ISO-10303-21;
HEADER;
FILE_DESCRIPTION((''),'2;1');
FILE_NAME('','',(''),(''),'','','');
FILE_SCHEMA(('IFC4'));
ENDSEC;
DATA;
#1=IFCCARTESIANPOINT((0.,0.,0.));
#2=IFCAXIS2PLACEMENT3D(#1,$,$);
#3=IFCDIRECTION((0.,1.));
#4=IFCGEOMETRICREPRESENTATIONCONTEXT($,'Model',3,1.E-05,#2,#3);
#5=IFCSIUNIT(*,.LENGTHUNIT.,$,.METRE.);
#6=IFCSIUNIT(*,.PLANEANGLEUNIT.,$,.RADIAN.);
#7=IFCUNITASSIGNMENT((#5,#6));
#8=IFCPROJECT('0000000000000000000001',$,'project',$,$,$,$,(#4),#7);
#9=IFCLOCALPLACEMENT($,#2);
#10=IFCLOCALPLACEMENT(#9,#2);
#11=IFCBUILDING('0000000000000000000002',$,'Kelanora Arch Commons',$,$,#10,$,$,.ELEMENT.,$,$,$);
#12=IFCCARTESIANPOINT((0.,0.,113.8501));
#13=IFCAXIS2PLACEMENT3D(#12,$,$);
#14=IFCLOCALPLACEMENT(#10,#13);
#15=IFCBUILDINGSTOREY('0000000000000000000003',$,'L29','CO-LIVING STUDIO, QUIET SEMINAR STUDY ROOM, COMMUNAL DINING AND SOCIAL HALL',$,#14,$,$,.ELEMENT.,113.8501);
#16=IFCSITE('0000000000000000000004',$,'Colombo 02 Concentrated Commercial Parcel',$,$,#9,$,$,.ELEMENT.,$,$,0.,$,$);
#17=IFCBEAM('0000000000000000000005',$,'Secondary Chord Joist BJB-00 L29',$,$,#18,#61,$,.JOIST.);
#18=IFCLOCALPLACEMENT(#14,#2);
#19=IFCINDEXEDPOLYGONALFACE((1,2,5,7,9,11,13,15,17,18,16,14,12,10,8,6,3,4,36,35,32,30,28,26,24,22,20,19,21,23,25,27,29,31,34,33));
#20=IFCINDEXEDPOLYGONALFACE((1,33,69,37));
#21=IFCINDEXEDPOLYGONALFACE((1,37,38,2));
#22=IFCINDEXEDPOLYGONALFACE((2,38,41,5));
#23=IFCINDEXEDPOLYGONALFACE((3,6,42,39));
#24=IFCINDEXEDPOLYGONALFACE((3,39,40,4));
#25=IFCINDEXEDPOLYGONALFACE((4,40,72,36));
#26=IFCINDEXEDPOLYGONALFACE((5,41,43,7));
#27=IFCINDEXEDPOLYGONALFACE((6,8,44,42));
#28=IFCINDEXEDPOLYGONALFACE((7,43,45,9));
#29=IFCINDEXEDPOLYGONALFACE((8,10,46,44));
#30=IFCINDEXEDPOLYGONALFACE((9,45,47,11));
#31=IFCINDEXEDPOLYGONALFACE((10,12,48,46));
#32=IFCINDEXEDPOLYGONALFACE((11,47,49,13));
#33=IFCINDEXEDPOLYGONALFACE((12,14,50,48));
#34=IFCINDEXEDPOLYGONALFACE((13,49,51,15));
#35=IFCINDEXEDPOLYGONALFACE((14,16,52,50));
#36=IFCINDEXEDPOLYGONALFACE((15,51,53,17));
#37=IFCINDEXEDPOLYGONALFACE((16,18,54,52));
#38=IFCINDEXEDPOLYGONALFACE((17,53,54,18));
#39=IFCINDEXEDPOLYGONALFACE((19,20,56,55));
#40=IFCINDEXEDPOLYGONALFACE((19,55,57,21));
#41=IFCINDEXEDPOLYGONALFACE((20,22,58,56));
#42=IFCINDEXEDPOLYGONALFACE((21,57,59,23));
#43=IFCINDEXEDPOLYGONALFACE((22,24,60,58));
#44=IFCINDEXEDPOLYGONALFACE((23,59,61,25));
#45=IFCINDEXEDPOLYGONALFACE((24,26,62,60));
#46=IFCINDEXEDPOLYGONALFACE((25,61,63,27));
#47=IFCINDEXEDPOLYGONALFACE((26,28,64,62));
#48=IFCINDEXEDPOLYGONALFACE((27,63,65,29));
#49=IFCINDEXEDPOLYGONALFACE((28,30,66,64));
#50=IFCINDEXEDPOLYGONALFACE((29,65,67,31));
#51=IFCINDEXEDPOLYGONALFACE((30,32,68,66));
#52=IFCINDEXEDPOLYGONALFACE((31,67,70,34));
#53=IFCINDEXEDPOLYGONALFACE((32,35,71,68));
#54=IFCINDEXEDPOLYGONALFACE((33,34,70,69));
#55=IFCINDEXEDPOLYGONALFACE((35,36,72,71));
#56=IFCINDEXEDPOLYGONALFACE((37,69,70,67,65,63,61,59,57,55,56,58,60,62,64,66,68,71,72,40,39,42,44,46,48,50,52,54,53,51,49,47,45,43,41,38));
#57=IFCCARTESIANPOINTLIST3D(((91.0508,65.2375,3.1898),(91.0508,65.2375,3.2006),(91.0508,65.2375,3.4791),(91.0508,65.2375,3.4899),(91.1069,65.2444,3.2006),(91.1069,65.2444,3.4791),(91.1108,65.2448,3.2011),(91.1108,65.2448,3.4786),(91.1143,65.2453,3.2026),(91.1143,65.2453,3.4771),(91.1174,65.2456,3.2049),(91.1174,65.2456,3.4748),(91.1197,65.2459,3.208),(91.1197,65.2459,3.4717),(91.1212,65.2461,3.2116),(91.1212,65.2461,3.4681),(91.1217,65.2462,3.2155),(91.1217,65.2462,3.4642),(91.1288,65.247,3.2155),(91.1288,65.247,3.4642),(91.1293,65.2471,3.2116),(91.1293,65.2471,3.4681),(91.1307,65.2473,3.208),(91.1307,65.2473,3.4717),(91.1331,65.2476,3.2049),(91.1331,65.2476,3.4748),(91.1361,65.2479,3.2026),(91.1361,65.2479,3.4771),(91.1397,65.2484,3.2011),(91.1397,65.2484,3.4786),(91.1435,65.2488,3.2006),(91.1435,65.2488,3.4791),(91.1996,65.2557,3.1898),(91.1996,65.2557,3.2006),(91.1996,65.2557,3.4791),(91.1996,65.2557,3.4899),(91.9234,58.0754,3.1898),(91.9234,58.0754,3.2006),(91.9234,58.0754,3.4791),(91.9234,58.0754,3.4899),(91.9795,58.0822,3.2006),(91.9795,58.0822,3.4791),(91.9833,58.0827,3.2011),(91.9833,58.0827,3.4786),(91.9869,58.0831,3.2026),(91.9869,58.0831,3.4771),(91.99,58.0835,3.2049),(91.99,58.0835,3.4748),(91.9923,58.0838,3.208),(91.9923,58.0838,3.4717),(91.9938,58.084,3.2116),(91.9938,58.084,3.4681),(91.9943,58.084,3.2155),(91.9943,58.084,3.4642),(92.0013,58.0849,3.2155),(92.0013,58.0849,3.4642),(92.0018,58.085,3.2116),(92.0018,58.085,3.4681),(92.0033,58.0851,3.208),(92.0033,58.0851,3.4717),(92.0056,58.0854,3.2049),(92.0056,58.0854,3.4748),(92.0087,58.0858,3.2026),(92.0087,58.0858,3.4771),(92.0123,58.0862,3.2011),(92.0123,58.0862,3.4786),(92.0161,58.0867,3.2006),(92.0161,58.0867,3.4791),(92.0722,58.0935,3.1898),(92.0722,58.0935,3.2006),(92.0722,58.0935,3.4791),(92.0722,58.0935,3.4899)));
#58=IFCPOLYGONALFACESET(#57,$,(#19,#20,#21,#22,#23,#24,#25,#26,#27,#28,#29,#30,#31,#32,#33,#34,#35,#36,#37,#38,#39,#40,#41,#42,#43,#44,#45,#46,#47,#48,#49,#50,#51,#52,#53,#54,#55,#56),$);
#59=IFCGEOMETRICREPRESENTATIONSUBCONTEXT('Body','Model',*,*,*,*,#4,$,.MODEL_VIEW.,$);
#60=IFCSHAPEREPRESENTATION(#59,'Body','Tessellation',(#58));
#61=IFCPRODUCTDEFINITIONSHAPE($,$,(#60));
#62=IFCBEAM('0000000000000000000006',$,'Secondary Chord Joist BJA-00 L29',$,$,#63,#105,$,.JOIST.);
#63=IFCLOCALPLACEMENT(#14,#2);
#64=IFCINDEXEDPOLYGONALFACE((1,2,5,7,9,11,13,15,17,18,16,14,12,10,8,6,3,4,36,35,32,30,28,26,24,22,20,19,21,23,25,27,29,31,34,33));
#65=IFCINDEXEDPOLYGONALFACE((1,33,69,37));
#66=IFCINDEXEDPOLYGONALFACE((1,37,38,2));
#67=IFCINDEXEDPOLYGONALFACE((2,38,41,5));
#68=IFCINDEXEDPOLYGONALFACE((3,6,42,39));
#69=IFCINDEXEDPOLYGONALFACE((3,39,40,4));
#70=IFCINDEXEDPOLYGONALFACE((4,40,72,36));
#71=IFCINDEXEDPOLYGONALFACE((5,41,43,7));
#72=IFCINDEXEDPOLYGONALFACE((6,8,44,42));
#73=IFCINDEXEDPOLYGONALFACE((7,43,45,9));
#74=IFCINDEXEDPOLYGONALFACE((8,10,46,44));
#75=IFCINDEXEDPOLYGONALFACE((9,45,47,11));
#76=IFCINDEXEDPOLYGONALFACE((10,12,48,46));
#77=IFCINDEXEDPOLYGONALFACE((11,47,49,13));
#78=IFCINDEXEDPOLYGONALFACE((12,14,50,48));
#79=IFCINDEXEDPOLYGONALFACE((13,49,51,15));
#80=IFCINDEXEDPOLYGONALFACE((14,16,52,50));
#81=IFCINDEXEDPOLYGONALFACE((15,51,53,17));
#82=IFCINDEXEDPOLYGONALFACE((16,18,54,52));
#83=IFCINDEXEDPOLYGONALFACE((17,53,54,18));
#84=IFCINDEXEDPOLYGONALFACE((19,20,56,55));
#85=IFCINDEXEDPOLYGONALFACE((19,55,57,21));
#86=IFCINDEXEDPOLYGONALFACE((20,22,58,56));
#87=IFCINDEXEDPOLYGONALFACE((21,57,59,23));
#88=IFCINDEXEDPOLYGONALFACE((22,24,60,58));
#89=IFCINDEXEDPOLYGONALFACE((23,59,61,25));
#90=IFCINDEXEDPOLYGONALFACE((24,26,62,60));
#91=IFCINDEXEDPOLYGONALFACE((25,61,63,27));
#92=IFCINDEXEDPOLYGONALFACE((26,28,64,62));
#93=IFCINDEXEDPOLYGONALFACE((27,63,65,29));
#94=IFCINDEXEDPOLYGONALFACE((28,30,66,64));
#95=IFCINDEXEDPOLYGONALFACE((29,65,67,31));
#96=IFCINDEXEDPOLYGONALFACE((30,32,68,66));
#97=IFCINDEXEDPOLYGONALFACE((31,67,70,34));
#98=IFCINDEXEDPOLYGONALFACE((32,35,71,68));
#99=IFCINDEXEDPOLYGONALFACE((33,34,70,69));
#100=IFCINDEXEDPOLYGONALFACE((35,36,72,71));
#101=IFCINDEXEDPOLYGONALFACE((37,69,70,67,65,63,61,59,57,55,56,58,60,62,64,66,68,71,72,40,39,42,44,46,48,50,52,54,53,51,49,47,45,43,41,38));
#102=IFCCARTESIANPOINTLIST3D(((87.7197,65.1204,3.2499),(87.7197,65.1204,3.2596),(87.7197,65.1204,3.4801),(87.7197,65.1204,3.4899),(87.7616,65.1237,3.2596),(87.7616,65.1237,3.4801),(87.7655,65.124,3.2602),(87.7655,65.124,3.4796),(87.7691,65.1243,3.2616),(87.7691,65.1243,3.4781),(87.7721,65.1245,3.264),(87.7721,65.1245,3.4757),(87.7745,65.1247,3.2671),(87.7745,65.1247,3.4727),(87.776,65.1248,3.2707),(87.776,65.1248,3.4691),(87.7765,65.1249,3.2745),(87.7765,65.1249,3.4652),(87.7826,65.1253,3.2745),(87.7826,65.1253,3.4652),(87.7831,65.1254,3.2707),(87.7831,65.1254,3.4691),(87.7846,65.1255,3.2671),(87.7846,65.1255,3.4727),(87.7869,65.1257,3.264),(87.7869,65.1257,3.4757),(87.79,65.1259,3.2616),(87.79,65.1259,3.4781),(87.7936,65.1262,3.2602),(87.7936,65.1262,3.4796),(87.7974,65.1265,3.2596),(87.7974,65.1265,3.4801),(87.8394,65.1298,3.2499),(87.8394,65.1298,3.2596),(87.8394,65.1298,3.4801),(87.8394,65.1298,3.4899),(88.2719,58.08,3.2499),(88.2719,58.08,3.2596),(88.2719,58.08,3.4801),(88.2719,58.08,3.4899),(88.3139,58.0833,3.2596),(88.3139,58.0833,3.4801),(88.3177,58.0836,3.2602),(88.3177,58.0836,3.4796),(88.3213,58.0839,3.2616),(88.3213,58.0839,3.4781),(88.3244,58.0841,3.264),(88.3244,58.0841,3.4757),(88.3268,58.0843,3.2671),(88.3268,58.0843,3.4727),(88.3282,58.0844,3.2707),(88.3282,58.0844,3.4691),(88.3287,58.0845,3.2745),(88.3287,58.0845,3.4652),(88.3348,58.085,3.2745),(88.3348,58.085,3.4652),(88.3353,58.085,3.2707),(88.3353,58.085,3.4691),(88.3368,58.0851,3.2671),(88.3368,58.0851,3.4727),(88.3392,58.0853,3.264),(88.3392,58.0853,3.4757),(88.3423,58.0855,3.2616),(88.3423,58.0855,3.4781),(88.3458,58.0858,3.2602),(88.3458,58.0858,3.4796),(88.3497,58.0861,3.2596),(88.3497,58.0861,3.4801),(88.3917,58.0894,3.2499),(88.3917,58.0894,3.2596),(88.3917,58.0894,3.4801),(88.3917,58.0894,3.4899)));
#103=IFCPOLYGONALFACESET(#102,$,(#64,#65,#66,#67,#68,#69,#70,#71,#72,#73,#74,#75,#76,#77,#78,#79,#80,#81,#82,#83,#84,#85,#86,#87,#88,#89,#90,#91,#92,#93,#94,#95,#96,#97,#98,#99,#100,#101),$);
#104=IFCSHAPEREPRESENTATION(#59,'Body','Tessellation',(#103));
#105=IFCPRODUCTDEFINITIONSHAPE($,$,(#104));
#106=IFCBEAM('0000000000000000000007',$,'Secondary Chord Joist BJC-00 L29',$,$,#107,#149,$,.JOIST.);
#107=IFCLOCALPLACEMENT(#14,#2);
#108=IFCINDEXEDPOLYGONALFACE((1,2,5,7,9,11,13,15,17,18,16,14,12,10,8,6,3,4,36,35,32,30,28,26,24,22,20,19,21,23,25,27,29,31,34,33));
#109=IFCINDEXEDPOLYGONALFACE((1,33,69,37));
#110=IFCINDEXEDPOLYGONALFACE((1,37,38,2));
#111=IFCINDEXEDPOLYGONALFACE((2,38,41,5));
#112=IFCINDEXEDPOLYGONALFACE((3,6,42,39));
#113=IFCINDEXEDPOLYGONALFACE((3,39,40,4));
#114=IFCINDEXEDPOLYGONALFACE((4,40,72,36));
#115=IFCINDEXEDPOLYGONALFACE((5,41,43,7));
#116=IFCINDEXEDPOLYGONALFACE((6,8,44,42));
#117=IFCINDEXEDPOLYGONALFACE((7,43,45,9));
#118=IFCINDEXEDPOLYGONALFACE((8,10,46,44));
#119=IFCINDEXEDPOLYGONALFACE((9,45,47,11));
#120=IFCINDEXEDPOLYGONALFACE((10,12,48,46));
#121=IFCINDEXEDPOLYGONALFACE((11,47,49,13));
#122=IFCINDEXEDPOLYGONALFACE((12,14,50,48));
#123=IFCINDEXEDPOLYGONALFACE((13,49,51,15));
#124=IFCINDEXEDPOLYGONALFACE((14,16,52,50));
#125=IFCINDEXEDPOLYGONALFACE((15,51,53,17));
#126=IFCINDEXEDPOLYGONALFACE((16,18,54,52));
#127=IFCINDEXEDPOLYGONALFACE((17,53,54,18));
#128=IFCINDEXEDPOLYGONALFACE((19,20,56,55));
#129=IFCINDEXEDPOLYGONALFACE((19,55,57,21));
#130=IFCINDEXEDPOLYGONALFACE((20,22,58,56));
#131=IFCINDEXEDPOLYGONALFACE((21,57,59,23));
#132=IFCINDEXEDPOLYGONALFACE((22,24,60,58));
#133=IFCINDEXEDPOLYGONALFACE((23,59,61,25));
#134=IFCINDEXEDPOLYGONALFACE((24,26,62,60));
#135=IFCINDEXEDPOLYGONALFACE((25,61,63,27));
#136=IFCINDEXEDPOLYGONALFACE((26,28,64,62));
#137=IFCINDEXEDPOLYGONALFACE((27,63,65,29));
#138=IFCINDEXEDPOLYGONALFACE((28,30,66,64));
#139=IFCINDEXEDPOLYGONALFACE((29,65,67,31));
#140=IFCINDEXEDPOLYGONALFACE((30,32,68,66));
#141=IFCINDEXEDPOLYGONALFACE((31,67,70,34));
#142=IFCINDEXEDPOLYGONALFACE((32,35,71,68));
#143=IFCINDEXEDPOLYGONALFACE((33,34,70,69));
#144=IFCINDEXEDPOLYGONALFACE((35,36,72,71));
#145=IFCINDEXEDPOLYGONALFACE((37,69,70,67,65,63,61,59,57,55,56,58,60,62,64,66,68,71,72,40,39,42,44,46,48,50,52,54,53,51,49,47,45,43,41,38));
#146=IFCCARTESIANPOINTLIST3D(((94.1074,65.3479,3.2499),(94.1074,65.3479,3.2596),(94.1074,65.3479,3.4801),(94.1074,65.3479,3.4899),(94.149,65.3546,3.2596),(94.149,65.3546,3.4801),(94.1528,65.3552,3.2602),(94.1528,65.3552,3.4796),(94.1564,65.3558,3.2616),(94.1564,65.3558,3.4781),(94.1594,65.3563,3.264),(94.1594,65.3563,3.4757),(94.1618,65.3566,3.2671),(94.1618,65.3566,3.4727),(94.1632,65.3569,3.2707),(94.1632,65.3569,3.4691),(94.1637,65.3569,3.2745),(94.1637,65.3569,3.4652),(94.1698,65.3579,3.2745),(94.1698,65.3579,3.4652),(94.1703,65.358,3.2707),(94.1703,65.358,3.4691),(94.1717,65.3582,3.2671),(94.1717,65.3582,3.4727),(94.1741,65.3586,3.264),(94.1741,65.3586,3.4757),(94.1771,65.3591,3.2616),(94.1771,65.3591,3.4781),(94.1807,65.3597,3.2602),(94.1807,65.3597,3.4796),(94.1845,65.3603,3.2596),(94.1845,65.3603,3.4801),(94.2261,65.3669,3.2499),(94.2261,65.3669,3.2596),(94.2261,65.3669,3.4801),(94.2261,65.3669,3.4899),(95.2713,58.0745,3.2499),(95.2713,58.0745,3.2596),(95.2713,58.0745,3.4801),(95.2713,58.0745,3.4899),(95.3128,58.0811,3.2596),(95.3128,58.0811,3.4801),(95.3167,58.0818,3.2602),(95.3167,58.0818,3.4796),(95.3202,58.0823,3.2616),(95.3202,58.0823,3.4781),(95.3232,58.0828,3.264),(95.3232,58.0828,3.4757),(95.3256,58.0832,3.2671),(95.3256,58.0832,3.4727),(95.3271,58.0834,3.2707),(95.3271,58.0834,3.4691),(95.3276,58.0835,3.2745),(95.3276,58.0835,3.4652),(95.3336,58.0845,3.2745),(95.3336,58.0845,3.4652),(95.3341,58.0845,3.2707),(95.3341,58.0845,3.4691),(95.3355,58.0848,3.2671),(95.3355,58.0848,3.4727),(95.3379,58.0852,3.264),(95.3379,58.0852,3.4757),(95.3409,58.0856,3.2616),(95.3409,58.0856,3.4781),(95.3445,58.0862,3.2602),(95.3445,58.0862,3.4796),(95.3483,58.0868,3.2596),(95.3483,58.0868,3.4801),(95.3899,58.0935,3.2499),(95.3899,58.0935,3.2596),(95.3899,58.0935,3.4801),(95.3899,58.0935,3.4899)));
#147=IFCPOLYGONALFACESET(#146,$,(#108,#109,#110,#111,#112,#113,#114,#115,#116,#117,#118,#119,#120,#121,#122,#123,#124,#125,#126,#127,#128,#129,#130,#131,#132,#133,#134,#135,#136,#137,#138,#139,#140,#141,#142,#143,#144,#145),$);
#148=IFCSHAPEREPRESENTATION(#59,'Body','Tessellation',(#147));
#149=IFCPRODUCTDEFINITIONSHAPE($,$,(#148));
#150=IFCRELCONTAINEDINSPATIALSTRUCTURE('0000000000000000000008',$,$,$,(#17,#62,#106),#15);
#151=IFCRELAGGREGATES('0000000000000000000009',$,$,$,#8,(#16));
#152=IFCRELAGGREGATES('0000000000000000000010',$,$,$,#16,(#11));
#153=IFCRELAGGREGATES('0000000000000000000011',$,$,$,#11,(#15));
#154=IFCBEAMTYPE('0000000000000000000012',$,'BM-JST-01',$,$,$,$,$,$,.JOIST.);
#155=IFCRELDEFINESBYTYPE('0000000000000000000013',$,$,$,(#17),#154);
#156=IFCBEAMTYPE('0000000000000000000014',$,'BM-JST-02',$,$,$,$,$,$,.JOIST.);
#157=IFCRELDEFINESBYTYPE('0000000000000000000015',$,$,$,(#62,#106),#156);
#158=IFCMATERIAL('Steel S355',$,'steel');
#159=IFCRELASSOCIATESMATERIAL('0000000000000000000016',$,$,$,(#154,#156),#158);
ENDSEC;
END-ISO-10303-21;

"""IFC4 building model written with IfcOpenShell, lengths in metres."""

from ifc_helpers import new_model, si_unit, direction, frame, origin, origin_2d, place, context, subcontext, project, spatial, i_section, extrude, material, material_profile, profile_set, type_object, element, save


model = new_model("IFC4")

# Units and contexts
model_context = context("Model", 3, precision=1e-05, world=origin(), true_north=direction((0.0, 1.0)))
body_context = subcontext(model_context, "Body", "Model", "MODEL_VIEW")
ifc_project = project(units=[si_unit("LENGTHUNIT", "METRE"), si_unit("PLANEANGLEUNIT", "RADIAN")], contexts=[model_context])

# Site, building, storey
site_placement = place(None, origin())
site = spatial("IfcSite", under=ifc_project, at=site_placement, Name="Colombo 02 Concentrated Commercial Parcel", CompositionType="ELEMENT", RefElevation=0.0)
building_placement = place(site_placement, origin())
building = spatial("IfcBuilding", under=site, at=building_placement, Name="Kelanora Arch Commons", CompositionType="ELEMENT")
storey_placement = place(building_placement, frame((0.0, 0.0, 113.8501)))
storey = spatial("IfcBuildingStorey", under=building, at=storey_placement, Name="L29", Description="CO-LIVING STUDIO, QUIET SEMINAR STUDY ROOM, COMMUNAL DINING AND SOCIAL HALL", CompositionType="ELEMENT", Elevation=113.8501)

# Beams
ifc_material_1 = material(Name="Steel S355", Category="steel")
ifc_material_profile_1 = material_profile(ifc_material_1, i_section(OverallWidth=0.1499, OverallDepth=0.3, WebThickness=0.0071, FlangeThickness=0.0107, FilletRadius=0.0149, at=origin_2d()), Name="IPE300")
ifc_profile_set_1 = profile_set([ifc_material_profile_1], Name="Steel S355")
beam_type_1 = type_object("IfcBeamType", Name="BM-JST-01", PredefinedType="JOIST", material=ifc_profile_set_1)
beam_1_placement = place(storey_placement, frame((91.9978, 58.0845, 3.3398), z_axis=(-0.120936, 0.99266, 0.0), x_axis=(-0.99266, -0.120936, 0.0)))
element("IfcBeam", 1, at=beam_1_placement, inside=storey, type_object=beam_type_1, Name="Secondary Chord Joist BJB-00 L29", PredefinedType="JOIST", context=body_context, shape_type="SweptSolid", body=[
    extrude(i_section(OverallWidth=0.1499, OverallDepth=0.3, WebThickness=0.0071, FlangeThickness=0.0107, FilletRadius=0.0149, at=origin_2d()), origin(), (0.0, 0.0, 1.0), 7.2151),
])
ifc_material_profile_2 = material_profile(ifc_material_1, i_section(OverallWidth=0.1201, OverallDepth=0.24, WebThickness=0.0061, FlangeThickness=0.0098, FilletRadius=0.0149, at=origin_2d()), Name="IPE240")
ifc_profile_set_2 = profile_set([ifc_material_profile_2], Name="Steel S355")
beam_type_2 = type_object("IfcBeamType", Name="BM-JST-02", PredefinedType="JOIST", material=ifc_profile_set_2)
beam_2_placement = place(storey_placement, frame((88.3318, 58.0847, 3.3699), z_axis=(-0.078201, 0.996938, 0.0), x_axis=(-0.996938, -0.078201, 0.0)))
element("IfcBeam", 2, at=beam_2_placement, inside=storey, type_object=beam_type_2, Name="Secondary Chord Joist BJA-00 L29", PredefinedType="JOIST", context=body_context, shape_type="SweptSolid", body=[
    extrude(i_section(OverallWidth=0.1201, OverallDepth=0.24, WebThickness=0.0061, FlangeThickness=0.0098, FilletRadius=0.0149, at=origin_2d()), origin(), (0.0, 0.0, 1.0), 7.062),
])
beam_3_placement = place(storey_placement, frame((95.3306, 58.084, 3.3699), z_axis=(-0.158, 0.987439, 0.0), x_axis=(-0.987439, -0.158, 0.0)))
element("IfcBeam", 3, at=beam_3_placement, inside=storey, type_object=beam_type_2, Name="Secondary Chord Joist BJC-00 L29", PredefinedType="JOIST", context=body_context, shape_type="SweptSolid", body=[
    extrude(i_section(OverallWidth=0.1201, OverallDepth=0.24, WebThickness=0.0061, FlangeThickness=0.0098, FilletRadius=0.0149, at=origin_2d()), origin(), (0.0, 0.0, 1.0), 7.366),
])

save(model, "model.ifc")
